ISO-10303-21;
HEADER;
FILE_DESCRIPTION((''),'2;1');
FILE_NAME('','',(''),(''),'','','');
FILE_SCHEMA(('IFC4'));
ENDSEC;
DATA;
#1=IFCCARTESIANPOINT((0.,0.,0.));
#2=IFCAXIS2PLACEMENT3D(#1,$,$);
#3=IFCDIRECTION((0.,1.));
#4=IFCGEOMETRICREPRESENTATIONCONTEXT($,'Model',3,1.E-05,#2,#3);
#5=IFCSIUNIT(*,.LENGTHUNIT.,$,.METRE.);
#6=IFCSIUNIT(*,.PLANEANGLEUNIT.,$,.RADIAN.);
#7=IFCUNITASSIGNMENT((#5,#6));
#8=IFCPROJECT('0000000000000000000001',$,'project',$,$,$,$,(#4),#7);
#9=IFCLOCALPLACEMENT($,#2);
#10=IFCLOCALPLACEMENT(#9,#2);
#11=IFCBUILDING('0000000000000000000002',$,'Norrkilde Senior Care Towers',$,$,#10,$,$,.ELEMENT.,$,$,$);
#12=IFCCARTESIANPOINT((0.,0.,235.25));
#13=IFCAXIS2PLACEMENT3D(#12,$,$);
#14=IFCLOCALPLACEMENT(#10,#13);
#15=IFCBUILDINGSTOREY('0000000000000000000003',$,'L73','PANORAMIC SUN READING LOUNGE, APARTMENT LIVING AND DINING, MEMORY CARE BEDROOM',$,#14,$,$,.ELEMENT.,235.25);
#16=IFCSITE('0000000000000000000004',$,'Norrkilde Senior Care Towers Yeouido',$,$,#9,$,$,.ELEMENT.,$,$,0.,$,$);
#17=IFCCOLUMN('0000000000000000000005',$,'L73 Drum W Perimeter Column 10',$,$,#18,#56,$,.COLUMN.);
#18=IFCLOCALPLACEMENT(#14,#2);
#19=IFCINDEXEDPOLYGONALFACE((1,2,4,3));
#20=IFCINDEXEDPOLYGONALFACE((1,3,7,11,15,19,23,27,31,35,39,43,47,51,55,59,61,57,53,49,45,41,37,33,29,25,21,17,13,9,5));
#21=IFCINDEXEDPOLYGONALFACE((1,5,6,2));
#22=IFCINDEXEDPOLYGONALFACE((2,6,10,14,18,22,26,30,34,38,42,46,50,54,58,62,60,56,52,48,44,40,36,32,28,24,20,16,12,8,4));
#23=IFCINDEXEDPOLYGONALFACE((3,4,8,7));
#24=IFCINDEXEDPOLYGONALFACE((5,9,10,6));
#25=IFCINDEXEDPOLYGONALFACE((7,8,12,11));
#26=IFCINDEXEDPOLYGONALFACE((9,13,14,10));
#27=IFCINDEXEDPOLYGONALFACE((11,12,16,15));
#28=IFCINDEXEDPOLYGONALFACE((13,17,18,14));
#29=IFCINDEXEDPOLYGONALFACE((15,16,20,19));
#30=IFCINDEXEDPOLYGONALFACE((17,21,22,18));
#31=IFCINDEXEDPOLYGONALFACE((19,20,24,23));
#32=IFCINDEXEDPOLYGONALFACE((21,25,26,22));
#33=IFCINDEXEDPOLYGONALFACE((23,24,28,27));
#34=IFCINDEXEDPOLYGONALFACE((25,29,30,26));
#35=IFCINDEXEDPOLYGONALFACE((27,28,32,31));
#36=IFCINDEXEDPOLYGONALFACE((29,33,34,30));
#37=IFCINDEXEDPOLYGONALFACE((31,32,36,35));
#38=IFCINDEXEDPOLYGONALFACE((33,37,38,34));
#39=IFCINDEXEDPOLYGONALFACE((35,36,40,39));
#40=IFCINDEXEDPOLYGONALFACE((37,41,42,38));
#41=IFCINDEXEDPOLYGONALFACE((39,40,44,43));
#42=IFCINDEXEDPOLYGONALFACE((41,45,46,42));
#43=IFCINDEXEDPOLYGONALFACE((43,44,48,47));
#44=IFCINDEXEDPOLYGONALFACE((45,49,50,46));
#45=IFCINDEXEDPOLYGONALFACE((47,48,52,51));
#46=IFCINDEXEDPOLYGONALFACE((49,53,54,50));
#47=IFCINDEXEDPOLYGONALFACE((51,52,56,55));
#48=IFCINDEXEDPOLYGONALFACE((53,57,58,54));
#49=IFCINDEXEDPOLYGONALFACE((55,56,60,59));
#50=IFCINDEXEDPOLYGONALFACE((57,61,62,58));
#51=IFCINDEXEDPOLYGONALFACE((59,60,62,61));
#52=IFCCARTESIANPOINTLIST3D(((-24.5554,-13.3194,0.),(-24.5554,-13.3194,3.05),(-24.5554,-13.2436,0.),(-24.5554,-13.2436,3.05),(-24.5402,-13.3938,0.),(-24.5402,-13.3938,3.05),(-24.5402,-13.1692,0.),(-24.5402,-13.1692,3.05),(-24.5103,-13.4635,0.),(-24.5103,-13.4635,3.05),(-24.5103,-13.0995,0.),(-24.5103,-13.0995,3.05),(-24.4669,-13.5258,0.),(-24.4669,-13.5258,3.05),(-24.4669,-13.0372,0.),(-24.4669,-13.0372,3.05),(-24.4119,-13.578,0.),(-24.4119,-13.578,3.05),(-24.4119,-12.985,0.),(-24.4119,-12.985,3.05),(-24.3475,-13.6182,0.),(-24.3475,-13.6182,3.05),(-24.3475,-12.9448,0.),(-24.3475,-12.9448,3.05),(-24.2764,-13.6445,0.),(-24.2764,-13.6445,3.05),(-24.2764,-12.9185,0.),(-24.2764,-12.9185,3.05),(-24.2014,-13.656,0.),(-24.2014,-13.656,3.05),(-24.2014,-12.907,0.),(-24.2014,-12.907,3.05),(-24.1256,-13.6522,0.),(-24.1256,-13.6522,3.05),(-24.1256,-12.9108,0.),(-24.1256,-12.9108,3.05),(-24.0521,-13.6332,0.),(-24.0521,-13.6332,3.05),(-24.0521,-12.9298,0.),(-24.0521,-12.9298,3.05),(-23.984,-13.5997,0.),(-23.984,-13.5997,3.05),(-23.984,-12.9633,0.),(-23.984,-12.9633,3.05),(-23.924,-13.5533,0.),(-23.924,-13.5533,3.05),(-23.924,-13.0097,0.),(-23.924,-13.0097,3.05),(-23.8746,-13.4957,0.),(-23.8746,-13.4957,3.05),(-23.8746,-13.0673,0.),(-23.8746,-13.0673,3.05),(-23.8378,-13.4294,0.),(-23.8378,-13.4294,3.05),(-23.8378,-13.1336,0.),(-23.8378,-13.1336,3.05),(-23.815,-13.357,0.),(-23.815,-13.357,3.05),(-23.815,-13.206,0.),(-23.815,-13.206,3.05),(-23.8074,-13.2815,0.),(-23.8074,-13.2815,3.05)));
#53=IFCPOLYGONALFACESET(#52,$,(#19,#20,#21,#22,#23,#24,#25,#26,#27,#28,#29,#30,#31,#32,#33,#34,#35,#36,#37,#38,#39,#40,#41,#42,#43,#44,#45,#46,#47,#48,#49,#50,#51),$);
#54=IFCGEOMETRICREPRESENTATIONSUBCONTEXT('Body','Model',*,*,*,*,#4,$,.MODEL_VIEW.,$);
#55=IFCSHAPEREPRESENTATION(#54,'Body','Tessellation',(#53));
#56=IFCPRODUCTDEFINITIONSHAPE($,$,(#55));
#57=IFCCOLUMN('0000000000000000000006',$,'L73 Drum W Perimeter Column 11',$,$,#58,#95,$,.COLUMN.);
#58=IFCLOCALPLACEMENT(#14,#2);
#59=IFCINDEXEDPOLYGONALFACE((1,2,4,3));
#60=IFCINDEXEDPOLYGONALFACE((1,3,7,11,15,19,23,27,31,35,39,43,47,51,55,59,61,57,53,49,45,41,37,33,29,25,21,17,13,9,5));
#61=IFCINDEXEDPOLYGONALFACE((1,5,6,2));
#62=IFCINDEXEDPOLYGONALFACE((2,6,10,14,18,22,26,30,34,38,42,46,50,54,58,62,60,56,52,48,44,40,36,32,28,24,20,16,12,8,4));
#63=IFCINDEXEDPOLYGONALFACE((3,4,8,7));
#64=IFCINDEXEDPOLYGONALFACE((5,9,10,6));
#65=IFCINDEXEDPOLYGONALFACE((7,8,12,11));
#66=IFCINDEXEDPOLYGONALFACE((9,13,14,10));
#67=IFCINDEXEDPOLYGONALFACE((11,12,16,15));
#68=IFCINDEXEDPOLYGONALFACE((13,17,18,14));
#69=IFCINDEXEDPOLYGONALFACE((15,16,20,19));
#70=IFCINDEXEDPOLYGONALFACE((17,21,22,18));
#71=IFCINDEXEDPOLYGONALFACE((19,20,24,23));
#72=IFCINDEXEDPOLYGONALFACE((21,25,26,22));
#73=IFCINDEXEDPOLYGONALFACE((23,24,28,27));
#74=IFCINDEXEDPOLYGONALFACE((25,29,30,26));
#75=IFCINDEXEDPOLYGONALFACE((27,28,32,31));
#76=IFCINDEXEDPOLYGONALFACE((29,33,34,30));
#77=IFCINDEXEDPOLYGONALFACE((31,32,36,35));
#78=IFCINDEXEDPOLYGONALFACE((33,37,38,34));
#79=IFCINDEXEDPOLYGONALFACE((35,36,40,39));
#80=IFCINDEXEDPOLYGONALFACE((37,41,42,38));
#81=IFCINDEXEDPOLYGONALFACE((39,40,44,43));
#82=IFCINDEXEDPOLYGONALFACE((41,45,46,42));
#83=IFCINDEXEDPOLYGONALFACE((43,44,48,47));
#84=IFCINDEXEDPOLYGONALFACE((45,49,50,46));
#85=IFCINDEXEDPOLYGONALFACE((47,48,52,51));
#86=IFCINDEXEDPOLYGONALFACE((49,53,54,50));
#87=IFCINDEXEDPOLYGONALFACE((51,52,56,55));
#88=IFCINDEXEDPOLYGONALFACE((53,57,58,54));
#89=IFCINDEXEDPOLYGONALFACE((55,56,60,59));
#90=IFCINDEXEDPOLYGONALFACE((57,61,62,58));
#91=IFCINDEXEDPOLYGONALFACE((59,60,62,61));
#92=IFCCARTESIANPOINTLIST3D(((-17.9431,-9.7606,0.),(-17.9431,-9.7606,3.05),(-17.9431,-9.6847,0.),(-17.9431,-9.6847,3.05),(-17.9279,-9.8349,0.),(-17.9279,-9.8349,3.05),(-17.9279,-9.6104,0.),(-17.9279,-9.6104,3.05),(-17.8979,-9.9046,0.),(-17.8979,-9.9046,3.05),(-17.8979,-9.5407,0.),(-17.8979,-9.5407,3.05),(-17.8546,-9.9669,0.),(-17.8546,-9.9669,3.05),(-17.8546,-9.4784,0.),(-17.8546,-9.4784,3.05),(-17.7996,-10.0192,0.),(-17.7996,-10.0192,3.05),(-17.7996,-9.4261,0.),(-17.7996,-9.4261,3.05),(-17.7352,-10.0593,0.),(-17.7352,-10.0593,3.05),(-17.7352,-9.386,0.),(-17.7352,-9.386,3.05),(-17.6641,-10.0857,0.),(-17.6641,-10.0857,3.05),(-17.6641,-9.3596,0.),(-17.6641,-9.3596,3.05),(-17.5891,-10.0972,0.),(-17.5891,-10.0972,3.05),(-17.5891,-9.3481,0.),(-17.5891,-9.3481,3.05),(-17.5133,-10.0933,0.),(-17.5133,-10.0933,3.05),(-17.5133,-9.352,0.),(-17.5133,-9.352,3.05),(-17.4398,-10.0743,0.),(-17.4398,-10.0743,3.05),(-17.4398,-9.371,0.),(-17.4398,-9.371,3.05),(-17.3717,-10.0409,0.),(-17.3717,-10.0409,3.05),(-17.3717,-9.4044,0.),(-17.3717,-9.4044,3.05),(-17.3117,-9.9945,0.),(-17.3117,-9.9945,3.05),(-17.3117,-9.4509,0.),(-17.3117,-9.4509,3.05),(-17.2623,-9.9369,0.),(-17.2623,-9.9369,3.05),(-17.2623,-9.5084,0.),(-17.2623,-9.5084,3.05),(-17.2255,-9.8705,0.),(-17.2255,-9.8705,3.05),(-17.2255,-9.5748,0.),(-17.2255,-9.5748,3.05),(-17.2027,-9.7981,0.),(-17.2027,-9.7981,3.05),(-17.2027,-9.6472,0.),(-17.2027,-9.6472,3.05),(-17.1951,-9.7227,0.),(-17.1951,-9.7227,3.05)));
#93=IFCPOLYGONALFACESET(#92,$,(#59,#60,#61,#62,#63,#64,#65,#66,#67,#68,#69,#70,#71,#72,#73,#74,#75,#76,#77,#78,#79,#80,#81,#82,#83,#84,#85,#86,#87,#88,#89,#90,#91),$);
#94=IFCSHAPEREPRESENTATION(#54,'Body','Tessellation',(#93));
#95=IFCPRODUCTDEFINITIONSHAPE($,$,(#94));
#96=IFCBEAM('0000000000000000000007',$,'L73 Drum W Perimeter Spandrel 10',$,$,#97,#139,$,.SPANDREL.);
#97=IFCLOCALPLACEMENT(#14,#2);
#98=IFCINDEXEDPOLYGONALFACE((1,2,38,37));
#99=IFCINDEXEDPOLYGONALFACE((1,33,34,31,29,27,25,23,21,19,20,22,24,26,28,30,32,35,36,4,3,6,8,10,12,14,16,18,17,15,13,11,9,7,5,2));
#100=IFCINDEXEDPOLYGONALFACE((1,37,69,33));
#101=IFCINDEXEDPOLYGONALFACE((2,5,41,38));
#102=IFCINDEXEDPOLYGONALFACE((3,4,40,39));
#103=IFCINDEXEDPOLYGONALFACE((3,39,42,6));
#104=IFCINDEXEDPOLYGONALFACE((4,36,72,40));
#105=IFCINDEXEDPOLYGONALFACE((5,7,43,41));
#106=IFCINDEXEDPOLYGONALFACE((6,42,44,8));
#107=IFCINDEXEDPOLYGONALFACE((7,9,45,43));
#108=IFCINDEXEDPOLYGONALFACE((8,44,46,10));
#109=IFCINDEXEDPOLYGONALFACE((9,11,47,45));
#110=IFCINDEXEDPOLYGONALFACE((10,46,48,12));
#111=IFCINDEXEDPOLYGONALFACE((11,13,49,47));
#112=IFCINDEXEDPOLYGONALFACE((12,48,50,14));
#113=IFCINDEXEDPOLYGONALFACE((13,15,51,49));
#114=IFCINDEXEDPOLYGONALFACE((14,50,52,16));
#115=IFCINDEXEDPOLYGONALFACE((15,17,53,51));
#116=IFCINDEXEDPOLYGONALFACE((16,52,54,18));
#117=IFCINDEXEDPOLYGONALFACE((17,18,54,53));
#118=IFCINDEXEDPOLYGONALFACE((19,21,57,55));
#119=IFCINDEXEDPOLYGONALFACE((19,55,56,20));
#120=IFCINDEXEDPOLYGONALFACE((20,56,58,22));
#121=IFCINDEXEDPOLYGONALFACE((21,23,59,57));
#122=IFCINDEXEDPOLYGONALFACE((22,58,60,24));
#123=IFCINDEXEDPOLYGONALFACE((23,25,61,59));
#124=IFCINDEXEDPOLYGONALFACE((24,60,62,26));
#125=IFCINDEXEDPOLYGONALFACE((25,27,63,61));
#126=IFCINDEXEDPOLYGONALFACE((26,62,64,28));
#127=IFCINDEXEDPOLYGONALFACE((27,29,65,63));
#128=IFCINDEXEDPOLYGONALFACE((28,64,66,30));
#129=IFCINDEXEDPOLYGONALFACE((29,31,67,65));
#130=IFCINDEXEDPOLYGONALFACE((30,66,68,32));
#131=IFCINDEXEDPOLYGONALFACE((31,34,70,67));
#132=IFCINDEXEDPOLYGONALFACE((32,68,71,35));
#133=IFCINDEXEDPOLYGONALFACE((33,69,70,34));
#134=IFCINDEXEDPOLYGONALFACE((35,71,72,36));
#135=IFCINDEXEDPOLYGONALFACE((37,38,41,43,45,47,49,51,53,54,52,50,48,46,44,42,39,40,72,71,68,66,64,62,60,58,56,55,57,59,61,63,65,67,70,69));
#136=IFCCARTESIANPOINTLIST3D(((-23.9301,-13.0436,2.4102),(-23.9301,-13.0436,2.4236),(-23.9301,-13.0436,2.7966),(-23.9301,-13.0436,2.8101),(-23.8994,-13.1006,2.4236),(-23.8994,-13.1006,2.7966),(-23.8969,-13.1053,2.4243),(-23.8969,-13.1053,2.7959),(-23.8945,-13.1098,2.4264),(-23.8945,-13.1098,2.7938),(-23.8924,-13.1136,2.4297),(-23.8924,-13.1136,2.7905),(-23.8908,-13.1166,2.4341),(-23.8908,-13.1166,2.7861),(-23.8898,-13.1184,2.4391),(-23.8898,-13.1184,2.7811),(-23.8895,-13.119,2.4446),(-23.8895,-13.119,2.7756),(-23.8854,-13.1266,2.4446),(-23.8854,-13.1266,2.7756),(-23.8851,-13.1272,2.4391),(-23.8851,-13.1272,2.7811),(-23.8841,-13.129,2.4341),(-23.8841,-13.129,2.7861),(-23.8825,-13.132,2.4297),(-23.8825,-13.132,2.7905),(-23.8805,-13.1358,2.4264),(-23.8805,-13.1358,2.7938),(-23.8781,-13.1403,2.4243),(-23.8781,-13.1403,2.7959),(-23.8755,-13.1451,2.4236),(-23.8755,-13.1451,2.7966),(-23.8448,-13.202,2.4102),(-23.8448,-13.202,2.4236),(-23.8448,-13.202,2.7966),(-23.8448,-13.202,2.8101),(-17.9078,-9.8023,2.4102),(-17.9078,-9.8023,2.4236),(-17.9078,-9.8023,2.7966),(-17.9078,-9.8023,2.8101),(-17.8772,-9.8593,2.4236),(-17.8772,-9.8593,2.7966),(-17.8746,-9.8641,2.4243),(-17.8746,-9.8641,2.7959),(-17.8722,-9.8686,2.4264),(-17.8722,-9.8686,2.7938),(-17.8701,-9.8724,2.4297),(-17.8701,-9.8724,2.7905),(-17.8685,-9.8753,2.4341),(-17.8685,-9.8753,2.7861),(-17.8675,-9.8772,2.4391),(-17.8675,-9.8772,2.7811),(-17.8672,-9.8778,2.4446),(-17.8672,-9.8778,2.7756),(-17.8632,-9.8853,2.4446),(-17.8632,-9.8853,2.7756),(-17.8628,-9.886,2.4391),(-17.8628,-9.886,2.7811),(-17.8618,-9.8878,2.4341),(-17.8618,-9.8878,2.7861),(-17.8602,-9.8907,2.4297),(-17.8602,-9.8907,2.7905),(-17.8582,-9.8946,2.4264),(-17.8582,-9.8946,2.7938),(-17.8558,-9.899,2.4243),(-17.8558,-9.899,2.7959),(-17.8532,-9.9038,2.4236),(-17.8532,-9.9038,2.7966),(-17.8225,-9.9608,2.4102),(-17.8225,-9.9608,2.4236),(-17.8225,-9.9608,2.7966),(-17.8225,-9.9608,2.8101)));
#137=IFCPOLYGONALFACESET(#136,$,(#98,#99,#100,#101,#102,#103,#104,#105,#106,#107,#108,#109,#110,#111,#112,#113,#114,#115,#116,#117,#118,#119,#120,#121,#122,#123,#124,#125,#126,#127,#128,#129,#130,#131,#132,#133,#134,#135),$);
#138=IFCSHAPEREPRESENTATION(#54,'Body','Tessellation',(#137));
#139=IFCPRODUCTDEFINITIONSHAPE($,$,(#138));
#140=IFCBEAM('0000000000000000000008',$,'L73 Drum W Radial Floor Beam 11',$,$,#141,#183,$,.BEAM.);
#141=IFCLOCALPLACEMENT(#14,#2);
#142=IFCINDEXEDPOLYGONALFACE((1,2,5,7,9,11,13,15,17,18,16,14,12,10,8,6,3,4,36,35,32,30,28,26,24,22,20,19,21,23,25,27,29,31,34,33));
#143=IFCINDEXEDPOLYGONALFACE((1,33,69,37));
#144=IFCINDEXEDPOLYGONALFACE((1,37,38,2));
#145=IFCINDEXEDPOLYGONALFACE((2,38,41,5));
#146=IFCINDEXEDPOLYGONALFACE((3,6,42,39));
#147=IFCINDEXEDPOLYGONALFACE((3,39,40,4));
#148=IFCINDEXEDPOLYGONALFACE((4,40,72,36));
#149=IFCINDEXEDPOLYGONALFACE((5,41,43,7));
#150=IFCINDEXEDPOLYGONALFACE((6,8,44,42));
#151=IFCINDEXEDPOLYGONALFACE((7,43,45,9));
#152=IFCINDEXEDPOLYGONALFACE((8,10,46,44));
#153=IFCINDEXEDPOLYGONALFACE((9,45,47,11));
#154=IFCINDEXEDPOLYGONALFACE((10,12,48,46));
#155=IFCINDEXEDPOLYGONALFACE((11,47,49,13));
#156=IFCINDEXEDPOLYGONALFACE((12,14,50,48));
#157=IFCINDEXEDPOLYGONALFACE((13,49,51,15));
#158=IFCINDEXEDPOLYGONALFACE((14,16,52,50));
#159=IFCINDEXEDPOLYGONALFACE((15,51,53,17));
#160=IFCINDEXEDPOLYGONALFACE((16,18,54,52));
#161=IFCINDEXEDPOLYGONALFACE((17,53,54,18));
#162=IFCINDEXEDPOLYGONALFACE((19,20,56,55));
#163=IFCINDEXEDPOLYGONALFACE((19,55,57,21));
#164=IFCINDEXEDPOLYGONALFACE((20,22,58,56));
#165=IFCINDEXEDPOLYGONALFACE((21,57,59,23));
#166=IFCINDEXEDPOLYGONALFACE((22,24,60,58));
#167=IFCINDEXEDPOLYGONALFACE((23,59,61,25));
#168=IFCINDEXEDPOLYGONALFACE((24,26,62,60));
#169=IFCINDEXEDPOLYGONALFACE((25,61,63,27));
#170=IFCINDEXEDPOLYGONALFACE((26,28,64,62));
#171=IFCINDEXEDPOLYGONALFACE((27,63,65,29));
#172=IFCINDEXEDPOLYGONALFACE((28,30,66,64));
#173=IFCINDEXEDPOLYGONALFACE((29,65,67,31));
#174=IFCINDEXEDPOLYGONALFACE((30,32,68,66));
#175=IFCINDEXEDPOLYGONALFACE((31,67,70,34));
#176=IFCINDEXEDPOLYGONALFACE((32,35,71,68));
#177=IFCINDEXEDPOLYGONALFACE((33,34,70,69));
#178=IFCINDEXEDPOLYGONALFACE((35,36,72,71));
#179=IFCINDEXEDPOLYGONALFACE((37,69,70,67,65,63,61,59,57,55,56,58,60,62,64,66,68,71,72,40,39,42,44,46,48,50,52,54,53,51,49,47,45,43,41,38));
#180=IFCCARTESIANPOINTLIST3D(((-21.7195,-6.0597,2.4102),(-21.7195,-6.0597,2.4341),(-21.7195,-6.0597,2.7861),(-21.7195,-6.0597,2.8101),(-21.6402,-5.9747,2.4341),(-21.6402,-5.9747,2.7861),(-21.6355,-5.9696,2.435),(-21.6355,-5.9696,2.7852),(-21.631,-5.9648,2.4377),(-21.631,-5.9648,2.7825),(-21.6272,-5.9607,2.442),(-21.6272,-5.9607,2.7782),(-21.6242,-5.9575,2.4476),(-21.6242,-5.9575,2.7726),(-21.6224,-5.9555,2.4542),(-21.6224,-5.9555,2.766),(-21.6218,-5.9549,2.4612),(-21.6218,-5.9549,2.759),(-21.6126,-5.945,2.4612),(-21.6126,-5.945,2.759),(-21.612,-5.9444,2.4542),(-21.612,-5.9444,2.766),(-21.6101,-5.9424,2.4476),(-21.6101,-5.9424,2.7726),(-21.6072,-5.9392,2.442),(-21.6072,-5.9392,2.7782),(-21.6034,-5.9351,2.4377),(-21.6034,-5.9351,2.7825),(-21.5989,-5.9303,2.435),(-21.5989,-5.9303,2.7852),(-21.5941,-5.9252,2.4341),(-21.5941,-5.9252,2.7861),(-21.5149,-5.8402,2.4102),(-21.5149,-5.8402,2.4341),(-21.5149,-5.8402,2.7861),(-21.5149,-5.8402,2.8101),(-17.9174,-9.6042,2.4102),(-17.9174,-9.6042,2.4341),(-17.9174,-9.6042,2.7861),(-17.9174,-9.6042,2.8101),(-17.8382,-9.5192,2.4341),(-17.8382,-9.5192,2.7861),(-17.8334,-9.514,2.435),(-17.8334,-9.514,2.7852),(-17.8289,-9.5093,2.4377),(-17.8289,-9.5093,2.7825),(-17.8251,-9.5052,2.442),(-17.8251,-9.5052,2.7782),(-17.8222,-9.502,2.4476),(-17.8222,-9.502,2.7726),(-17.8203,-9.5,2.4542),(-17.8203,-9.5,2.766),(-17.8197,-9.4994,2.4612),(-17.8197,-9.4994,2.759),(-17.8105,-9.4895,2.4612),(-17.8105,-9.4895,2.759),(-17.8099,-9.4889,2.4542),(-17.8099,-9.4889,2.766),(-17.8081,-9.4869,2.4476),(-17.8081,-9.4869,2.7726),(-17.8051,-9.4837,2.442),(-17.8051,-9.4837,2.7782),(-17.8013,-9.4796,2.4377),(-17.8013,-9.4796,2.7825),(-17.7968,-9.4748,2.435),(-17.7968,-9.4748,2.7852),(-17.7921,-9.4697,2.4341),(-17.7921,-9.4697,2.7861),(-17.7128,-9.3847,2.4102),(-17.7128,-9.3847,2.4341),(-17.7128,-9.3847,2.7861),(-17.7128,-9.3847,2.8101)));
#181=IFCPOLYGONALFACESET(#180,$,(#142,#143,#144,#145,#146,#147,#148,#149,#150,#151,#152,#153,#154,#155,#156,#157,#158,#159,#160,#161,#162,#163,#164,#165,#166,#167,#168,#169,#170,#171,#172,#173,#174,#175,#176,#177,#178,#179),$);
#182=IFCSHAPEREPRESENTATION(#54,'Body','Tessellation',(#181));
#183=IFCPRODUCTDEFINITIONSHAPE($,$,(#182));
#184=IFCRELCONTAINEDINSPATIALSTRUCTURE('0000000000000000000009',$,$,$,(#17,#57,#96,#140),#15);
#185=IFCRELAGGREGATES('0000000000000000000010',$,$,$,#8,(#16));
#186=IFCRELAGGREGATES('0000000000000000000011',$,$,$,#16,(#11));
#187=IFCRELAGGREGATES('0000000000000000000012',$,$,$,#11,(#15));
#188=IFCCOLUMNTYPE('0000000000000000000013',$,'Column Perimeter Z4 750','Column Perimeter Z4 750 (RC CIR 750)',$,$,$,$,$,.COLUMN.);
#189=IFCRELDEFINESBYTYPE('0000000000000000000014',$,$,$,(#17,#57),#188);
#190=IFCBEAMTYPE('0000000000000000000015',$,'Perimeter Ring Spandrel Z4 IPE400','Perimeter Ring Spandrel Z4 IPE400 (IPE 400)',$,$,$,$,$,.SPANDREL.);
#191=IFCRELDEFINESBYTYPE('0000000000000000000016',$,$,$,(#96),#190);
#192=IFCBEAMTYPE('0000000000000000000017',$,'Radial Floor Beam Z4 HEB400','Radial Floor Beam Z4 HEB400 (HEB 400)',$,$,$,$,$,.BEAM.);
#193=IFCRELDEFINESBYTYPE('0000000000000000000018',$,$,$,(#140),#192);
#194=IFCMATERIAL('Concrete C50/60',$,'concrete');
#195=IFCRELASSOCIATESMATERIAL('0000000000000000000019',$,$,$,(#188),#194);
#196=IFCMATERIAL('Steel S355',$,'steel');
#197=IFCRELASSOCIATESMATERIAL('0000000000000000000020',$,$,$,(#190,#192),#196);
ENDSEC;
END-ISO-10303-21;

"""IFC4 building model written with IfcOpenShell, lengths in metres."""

from ifc_helpers import new_model, si_unit, direction, frame, origin, origin_2d, place, context, subcontext, project, spatial, circle, i_section, extrude, source, transform, mapped, material, material_profile, profile_set, type_object, type_shapes, element, save


model = new_model("IFC4")

# Units and contexts
model_context = context("Model", 3, precision=1e-05, world=origin(), true_north=direction((0.0, 1.0)))
body_context = subcontext(model_context, "Body", "Model", "MODEL_VIEW")
ifc_project = project(units=[si_unit("LENGTHUNIT", "METRE"), si_unit("PLANEANGLEUNIT", "RADIAN")], contexts=[model_context])

# Site, building, storey
site_placement = place(None, origin())
site = spatial("IfcSite", under=ifc_project, at=site_placement, Name="Norrkilde Senior Care Towers Yeouido", CompositionType="ELEMENT", RefElevation=0.0)
building_placement = place(site_placement, origin())
building = spatial("IfcBuilding", under=site, at=building_placement, Name="Norrkilde Senior Care Towers", CompositionType="ELEMENT")
storey_placement = place(building_placement, frame((0.0, 0.0, 235.25)))
storey = spatial("IfcBuildingStorey", under=building, at=storey_placement, Name="L73", Description="PANORAMIC SUN READING LOUNGE, APARTMENT LIVING AND DINING, MEMORY CARE BEDROOM", CompositionType="ELEMENT", Elevation=235.25)

# Columns
ifc_material_1 = material(Name="Concrete C50/60", Category="concrete")
ifc_material_profile_1 = material_profile(ifc_material_1, circle(Radius=0.375, at=origin_2d()), Name="RC CIR 750")
ifc_profile_set_1 = profile_set([ifc_material_profile_1], Name="Concrete C50/60")
column_type = type_object("IfcColumnType", Name="Column Perimeter Z4 750", Description="Column Perimeter Z4 750 (RC CIR 750)", PredefinedType="COLUMN", material=ifc_profile_set_1)
shared_shape_1 = source(origin(), body_context, "Body", "SweptSolid", [
    extrude(circle(Radius=0.375, at=origin_2d()), origin(), (0.0, 0.0, 1.0), 3.05),
])
type_shapes(column_type, [shared_shape_1])
for number, where, z_axis, x_axis, name in (
    (1, (-24.1824, -13.2815, 0.0), (0.0, 0.0, 1.0), (1.0, 0.0, 0.0), "L73 Drum W Perimeter Column 10"),
    (2, (-17.5701, -9.7227, 0.0), (0.0, 0.0, 1.0), (1.0, 0.0, 0.0), "L73 Drum W Perimeter Column 11"),
):
    element("IfcColumn", number, at=place(storey_placement, frame(where, z_axis=z_axis, x_axis=x_axis)), inside=storey, type_object=column_type, Name=name, PredefinedType="COLUMN", context=body_context, shape_type="MappedRepresentation", body=[
        mapped(shared_shape_1, transform((0.0, 0.0, 0.0), x_axis=(1.0, 0.0, 0.0), y_axis=(0.0, 1.0, 0.0), z_axis=(0.0, 0.0, 1.0), scale=1.0)),
    ])

# Beams
ifc_material_2 = material(Name="Steel S355", Category="steel")
ifc_material_profile_2 = material_profile(ifc_material_2, i_section(OverallWidth=0.1799, OverallDepth=0.3999, WebThickness=0.0085, FlangeThickness=0.0134, FilletRadius=0.021, at=origin_2d()), Name="IPE 400")
ifc_profile_set_2 = profile_set([ifc_material_profile_2], Name="Steel S355")
beam_type_1 = type_object("IfcBeamType", Name="Perimeter Ring Spandrel Z4 IPE400", Description="Perimeter Ring Spandrel Z4 IPE400 (IPE 400)", PredefinedType="SPANDREL", material=ifc_profile_set_2)
shared_shape_2 = source(origin(), body_context, "Body", "SweptSolid", [
    extrude(i_section(OverallWidth=0.1799, OverallDepth=0.3999, WebThickness=0.0085, FlangeThickness=0.0134, FilletRadius=0.021, at=origin_2d()), origin(), (0.0, 0.0, 1.0), 6.8391),
])
type_shapes(beam_type_1, [shared_shape_2])
beam_1_placement = place(storey_placement, frame((-23.8875, -13.1228, 2.6101), z_axis=(0.880564, 0.473927, 0.0), x_axis=(-0.473927, 0.880564, 0.0)))
element("IfcBeam", 3, at=beam_1_placement, inside=storey, type_object=beam_type_1, Name="L73 Drum W Perimeter Spandrel 10", PredefinedType="SPANDREL", context=body_context, shape_type="MappedRepresentation", body=[
    mapped(shared_shape_2, transform((0.0, 0.0, 0.0), x_axis=(1.0, 0.0, 0.0), y_axis=(0.0, 1.0, 0.0), z_axis=(0.0, 0.0, 1.0), scale=1.0)),
])
ifc_material_profile_3 = material_profile(ifc_material_2, i_section(OverallWidth=0.3, OverallDepth=0.3999, WebThickness=0.0134, FlangeThickness=0.0239, FilletRadius=0.0271, at=origin_2d()), Name="HEB 400")
ifc_profile_set_3 = profile_set([ifc_material_profile_3], Name="Steel S355")
beam_type_2 = type_object("IfcBeamType", Name="Radial Floor Beam Z4 HEB400", Description="Radial Floor Beam Z4 HEB400 (HEB 400)", PredefinedType="BEAM", material=ifc_profile_set_3)
shared_shape_3 = source(origin(), body_context, "Body", "SweptSolid", [
    extrude(i_section(OverallWidth=0.3, OverallDepth=0.3999, WebThickness=0.0134, FlangeThickness=0.0239, FilletRadius=0.0271, at=origin_2d()), origin(), (0.0, 0.0, 1.0), 5.198),
])
beam_2_placement = place(storey_placement, frame((-21.6172, -5.95, 2.6101), z_axis=(0.731449, -0.681896, 0.0), x_axis=(0.681896, 0.731449, 0.0)))
element("IfcBeam", 4, at=beam_2_placement, inside=storey, type_object=beam_type_2, Name="L73 Drum W Radial Floor Beam 11", PredefinedType="BEAM", context=body_context, shape_type="MappedRepresentation", body=[
    mapped(shared_shape_3, transform((0.0, 0.0, 0.0), x_axis=(1.0, 0.0, 0.0), y_axis=(0.0, 1.0, 0.0), z_axis=(0.0, 0.0, 1.0), scale=1.0)),
])

save(model, "model.ifc")
